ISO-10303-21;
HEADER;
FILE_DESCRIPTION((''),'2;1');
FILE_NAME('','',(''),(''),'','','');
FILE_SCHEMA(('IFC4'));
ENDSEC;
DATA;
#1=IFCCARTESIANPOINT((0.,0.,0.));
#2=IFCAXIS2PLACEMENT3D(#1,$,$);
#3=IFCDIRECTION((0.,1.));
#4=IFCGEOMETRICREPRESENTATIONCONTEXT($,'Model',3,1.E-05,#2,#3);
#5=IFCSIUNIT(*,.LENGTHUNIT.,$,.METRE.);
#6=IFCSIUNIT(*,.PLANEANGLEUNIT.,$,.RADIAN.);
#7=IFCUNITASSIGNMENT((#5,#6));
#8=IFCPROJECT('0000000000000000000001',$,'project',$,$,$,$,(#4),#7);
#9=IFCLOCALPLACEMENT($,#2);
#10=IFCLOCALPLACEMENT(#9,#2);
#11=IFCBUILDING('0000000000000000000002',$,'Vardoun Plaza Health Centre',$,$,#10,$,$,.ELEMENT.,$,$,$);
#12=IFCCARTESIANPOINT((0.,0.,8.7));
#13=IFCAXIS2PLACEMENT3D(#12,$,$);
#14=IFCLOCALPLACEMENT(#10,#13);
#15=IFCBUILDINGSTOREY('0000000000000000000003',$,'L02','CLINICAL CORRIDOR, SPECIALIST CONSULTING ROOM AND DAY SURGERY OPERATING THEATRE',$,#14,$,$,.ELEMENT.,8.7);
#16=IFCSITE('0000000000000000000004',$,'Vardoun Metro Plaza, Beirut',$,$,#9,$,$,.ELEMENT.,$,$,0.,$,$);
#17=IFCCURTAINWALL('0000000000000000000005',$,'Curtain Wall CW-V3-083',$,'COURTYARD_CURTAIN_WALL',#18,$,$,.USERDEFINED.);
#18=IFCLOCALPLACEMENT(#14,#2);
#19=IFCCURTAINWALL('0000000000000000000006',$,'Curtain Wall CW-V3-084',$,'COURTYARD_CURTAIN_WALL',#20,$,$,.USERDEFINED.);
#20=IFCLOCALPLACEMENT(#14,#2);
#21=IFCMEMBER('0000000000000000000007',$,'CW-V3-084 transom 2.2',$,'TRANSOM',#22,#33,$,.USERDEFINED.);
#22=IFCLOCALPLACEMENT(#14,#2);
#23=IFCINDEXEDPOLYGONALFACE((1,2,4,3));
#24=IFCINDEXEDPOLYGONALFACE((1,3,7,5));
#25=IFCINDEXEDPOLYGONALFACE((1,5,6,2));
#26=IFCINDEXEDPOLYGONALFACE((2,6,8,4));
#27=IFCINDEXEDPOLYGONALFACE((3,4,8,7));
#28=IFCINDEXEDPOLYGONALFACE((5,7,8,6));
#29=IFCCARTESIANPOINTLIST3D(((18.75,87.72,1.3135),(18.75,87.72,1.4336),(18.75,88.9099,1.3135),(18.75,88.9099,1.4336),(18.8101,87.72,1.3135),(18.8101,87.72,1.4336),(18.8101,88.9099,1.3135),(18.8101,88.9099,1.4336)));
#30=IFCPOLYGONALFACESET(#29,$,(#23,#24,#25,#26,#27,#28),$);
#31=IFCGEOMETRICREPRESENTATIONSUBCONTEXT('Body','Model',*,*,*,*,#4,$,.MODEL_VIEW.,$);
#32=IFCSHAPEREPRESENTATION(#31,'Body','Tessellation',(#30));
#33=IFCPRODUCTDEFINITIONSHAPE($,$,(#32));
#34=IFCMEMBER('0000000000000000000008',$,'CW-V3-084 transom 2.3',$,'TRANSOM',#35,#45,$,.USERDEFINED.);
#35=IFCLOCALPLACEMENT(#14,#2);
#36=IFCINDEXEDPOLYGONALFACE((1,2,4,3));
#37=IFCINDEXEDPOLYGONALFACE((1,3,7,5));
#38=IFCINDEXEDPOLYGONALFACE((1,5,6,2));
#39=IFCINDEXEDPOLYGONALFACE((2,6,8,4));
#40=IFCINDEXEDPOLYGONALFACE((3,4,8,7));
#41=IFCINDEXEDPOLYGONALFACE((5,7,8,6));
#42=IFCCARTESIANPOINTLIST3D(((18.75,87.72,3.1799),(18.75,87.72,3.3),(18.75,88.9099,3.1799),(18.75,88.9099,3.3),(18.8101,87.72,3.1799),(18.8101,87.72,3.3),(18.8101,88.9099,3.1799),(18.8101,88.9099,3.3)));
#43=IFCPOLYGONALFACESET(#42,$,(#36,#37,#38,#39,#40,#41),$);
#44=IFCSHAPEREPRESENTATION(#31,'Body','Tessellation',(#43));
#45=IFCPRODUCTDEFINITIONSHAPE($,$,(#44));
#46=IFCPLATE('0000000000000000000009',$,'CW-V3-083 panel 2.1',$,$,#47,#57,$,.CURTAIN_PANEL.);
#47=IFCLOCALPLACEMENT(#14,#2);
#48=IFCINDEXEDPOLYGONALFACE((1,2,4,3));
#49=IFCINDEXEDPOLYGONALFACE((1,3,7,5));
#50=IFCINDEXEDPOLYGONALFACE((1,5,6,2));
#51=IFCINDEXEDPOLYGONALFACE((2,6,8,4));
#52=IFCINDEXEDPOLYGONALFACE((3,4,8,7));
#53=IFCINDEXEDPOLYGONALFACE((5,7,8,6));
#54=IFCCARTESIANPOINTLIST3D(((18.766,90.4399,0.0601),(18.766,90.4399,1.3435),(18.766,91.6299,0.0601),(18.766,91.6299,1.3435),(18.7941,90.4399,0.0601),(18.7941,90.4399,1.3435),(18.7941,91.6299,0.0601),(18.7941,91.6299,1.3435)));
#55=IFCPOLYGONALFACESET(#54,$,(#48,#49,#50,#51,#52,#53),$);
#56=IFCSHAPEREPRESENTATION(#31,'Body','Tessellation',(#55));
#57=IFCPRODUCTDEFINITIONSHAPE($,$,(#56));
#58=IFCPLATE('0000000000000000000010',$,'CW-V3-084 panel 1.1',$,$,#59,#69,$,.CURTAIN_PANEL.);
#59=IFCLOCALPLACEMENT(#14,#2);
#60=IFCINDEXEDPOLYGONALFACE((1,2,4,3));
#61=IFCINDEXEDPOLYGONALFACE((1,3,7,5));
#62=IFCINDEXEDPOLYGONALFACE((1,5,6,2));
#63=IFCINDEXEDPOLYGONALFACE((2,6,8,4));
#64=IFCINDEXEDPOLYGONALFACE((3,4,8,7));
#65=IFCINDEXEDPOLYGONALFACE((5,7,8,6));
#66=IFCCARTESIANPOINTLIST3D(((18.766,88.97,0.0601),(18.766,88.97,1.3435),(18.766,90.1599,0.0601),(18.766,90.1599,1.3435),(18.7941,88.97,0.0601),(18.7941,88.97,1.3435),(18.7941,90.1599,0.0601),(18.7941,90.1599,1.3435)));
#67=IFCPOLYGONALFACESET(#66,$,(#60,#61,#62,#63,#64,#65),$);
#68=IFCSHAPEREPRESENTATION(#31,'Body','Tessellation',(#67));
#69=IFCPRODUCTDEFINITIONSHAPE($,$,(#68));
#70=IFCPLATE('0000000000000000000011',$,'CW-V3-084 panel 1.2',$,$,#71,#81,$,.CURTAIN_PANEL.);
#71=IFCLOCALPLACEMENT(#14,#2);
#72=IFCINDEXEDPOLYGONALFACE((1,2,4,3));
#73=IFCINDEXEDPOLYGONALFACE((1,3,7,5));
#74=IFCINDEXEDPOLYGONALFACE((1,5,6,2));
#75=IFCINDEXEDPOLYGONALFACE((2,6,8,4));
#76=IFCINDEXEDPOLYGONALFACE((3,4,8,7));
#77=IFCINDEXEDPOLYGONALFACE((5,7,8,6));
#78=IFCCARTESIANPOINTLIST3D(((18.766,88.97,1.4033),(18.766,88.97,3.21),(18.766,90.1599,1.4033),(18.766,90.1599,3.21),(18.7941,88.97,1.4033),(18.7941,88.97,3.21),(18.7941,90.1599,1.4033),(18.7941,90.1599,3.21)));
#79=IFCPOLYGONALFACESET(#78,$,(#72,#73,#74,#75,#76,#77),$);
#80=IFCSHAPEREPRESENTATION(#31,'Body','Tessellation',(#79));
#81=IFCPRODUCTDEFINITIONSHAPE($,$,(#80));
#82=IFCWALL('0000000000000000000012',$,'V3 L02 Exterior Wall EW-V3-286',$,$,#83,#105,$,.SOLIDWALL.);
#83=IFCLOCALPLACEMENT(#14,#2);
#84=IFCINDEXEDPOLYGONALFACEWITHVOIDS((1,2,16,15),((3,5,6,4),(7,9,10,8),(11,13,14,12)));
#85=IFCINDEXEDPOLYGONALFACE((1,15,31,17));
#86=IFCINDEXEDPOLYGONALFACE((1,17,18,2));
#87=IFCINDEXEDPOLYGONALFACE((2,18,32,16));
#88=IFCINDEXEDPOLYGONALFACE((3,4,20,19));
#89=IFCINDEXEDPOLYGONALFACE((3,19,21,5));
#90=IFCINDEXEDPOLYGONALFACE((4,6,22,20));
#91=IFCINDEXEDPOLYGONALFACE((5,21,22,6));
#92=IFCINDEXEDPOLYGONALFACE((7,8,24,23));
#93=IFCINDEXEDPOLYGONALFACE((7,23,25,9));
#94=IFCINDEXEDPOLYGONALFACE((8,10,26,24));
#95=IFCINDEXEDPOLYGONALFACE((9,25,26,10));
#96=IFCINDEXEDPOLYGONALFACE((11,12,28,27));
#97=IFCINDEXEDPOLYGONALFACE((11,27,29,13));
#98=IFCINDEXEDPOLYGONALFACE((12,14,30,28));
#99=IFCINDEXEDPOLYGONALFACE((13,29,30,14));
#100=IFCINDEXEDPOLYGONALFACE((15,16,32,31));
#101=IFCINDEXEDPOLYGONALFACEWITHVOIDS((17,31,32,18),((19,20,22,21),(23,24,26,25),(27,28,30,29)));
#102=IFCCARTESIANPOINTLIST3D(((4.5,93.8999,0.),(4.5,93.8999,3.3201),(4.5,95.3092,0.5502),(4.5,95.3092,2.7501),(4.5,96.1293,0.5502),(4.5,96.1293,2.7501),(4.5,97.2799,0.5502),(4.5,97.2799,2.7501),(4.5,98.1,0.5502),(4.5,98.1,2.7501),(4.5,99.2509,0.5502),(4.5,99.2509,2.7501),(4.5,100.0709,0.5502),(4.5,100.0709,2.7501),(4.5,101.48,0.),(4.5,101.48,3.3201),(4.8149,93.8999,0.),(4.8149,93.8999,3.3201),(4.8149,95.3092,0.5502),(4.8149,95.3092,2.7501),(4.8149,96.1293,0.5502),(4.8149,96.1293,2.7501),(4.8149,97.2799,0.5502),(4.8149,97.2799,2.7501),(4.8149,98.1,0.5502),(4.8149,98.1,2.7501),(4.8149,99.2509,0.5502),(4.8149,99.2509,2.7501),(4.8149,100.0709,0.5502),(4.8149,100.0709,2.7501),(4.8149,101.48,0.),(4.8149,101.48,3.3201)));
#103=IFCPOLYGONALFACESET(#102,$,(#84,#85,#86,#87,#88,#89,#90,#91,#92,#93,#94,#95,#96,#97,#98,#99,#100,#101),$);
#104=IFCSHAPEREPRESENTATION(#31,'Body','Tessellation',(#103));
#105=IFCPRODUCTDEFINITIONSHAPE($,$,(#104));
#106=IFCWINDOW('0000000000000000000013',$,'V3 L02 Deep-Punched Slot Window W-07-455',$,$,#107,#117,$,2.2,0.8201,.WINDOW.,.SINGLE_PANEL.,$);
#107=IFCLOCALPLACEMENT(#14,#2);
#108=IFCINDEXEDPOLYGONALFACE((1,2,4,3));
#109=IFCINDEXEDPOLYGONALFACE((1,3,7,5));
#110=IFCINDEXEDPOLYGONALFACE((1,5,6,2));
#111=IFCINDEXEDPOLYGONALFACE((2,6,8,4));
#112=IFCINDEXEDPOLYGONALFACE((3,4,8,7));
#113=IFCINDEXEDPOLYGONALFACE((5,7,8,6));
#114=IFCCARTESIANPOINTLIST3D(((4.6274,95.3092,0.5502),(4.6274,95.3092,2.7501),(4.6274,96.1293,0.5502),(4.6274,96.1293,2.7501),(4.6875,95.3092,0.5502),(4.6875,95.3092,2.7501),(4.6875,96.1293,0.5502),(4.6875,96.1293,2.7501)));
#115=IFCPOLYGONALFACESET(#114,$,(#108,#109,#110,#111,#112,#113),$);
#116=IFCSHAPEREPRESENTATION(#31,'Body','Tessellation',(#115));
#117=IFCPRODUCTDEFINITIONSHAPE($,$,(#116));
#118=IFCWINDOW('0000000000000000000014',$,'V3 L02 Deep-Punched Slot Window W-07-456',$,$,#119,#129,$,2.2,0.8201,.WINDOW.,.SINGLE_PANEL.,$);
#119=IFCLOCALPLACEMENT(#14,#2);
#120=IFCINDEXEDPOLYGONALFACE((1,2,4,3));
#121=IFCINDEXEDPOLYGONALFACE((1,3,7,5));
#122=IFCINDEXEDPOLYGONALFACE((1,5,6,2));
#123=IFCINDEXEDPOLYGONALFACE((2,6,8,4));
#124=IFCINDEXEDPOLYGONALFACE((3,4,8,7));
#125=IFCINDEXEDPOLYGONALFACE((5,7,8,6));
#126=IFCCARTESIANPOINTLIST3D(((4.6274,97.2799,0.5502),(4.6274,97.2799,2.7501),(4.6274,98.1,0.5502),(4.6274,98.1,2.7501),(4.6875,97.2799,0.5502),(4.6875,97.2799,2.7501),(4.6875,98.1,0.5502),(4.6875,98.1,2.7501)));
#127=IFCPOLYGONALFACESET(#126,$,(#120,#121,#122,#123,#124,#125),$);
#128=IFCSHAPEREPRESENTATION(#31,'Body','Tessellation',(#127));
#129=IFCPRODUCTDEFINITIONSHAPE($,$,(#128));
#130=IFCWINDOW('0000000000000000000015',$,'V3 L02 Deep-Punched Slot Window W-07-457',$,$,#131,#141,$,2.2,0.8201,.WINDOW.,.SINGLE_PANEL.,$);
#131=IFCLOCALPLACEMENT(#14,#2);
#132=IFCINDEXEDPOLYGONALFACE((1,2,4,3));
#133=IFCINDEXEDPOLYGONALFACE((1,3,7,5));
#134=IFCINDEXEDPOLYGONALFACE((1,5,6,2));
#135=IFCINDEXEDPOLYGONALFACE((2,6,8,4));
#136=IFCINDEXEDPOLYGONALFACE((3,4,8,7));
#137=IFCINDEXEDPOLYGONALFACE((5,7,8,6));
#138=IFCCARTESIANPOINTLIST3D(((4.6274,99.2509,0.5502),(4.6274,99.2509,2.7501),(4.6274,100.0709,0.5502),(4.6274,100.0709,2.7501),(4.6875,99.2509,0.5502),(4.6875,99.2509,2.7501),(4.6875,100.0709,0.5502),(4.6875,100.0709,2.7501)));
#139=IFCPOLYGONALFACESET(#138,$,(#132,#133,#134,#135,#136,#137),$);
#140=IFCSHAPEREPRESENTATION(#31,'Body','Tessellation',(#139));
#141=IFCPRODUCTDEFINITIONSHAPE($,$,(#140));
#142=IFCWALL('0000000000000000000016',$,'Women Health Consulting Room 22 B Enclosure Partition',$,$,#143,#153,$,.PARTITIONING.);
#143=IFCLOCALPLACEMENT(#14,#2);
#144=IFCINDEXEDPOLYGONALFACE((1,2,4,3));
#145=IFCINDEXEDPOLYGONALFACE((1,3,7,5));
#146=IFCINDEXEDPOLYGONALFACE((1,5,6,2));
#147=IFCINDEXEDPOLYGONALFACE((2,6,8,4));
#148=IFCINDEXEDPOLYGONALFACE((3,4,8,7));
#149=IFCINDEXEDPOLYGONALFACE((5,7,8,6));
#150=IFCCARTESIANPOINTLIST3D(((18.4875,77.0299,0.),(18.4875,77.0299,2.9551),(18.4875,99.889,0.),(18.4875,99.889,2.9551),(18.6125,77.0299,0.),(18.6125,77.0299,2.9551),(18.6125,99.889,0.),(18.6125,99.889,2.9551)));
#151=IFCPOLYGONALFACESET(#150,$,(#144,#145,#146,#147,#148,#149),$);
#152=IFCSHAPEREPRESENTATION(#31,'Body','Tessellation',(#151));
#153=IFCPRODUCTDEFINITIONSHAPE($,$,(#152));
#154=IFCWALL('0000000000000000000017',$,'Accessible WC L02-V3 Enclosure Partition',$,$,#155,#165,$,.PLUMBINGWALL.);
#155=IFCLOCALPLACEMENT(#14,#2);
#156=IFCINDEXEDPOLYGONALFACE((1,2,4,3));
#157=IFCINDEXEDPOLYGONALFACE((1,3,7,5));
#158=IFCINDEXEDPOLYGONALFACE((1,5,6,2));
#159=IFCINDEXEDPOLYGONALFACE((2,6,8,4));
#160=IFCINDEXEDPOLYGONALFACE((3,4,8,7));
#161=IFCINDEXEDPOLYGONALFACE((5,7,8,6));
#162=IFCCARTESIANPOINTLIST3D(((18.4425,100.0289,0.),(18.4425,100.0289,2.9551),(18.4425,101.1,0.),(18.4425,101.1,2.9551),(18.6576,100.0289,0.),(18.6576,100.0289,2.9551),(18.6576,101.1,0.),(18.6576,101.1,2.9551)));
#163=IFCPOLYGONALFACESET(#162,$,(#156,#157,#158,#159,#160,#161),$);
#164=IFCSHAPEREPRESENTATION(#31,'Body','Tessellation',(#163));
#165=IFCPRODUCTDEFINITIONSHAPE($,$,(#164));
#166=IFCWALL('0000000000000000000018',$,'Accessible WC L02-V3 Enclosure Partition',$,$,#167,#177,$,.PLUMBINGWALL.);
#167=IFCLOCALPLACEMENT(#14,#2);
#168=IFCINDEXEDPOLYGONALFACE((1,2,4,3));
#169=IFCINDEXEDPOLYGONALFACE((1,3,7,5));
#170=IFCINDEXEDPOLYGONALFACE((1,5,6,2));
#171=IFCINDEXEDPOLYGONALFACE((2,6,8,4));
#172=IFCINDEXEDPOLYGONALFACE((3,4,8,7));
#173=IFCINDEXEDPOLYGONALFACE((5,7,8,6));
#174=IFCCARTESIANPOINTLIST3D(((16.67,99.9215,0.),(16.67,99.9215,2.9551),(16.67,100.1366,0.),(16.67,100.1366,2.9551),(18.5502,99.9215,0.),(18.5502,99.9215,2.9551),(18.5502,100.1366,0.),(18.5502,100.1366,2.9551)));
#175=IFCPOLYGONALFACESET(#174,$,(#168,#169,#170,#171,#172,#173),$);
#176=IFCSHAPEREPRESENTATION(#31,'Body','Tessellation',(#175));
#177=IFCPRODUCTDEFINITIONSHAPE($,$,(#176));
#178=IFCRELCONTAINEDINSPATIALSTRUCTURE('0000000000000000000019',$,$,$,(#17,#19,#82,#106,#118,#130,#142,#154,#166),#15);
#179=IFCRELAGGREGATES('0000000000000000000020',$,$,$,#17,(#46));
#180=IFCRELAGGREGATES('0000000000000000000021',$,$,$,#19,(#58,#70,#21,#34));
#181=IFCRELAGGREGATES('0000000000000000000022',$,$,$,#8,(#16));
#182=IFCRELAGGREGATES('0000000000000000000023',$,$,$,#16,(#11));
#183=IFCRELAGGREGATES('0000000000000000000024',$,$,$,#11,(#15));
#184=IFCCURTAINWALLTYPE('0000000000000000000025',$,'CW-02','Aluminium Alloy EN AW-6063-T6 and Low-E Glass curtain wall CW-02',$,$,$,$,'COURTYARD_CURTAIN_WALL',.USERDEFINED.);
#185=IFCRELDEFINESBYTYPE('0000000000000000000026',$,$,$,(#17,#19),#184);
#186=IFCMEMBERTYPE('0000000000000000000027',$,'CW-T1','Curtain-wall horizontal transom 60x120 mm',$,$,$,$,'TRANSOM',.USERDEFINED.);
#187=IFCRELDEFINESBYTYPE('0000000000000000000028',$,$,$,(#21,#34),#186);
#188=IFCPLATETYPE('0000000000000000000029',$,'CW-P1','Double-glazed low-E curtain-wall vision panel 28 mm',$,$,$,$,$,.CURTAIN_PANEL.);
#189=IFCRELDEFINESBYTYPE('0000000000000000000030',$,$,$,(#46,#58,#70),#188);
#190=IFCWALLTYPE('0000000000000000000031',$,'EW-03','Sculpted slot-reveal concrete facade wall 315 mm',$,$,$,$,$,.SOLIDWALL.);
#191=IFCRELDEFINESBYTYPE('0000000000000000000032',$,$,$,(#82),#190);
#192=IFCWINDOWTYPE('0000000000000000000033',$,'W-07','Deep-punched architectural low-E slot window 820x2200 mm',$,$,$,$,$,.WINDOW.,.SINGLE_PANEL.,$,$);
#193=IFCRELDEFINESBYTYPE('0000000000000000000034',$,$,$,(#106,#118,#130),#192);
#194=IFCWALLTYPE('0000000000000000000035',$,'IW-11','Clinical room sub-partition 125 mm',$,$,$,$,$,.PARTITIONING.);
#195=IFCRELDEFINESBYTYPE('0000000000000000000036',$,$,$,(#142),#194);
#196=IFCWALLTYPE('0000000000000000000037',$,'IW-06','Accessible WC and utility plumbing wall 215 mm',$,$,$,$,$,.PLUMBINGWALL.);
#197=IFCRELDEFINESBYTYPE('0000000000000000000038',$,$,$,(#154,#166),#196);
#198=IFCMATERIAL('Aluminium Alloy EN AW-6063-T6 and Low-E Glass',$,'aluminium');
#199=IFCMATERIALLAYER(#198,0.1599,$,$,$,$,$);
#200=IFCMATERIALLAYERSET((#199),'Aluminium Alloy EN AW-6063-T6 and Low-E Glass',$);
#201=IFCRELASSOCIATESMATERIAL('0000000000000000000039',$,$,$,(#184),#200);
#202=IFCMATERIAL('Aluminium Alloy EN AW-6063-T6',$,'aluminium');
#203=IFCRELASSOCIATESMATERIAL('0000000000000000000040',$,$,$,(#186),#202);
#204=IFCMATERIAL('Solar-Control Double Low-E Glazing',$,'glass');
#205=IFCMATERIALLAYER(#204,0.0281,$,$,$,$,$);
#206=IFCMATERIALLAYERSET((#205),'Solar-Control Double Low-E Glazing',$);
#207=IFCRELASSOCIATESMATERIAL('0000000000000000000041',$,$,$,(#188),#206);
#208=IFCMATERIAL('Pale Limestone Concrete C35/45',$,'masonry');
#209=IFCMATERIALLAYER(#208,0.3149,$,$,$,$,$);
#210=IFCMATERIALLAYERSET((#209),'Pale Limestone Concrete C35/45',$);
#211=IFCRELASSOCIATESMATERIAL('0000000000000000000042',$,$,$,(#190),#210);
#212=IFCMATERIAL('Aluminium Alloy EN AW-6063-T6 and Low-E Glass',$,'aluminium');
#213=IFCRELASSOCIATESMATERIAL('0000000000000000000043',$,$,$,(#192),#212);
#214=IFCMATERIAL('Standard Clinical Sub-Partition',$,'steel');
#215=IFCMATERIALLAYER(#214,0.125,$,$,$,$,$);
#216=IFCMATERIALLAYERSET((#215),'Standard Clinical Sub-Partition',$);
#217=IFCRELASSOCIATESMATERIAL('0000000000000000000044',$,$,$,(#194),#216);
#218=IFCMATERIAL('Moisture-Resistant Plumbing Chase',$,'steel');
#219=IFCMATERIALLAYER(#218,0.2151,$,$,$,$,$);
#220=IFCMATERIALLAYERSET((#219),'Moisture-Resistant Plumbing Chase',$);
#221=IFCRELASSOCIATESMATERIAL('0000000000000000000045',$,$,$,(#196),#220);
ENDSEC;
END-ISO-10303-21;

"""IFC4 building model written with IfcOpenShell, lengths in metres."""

from ifc_helpers import new_model, si_unit, direction, frame, frame_2d, origin, origin_2d, place, context, subcontext, project, spatial, rectangle, extrude, material, layer, layer_set, material_profile, profile_set, type_object, element, fill, aggregate, save


model = new_model("IFC4")

# Units and contexts
model_context = context("Model", 3, precision=1e-05, world=origin(), true_north=direction((0.0, 1.0)))
body_context = subcontext(model_context, "Body", "Model", "MODEL_VIEW")
ifc_project = project(units=[si_unit("LENGTHUNIT", "METRE"), si_unit("PLANEANGLEUNIT", "RADIAN")], contexts=[model_context])

# Site, building, storey
site_placement = place(None, origin())
site = spatial("IfcSite", under=ifc_project, at=site_placement, Name="Vardoun Metro Plaza, Beirut", CompositionType="ELEMENT", RefElevation=0.0)
building_placement = place(site_placement, origin())
building = spatial("IfcBuilding", under=site, at=building_placement, Name="Vardoun Plaza Health Centre", CompositionType="ELEMENT")
storey_placement = place(building_placement, frame((0.0, 0.0, 8.7)))
storey = spatial("IfcBuildingStorey", under=building, at=storey_placement, Name="L02", Description="CLINICAL CORRIDOR, SPECIALIST CONSULTING ROOM AND DAY SURGERY OPERATING THEATRE", CompositionType="ELEMENT", Elevation=8.7)

# Curtain wall
ifc_material_1 = material(Name="Aluminium Alloy EN AW-6063-T6 and Low-E Glass", Category="aluminium")
ifc_layer_1 = layer(ifc_material_1, 0.1599)
ifc_layer_set_1 = layer_set([ifc_layer_1], Name="Aluminium Alloy EN AW-6063-T6 and Low-E Glass")
curtain_wall_type = type_object("IfcCurtainWallType", Name="CW-02", Description="Aluminium Alloy EN AW-6063-T6 and Low-E Glass curtain wall CW-02", ElementType="COURTYARD_CURTAIN_WALL", PredefinedType="USERDEFINED", material=ifc_layer_set_1)
curtain_wall_1_placement = place(storey_placement, origin())
curtain_wall_1 = element("IfcCurtainWall", 1, at=curtain_wall_1_placement, inside=storey, type_object=curtain_wall_type, Name="Curtain Wall CW-V3-083", ObjectType="COURTYARD_CURTAIN_WALL", PredefinedType="USERDEFINED")

# Curtain wall, members
curtain_wall_2_placement = place(storey_placement, origin())
curtain_wall_2 = element("IfcCurtainWall", 2, at=curtain_wall_2_placement, inside=storey, type_object=curtain_wall_type, Name="Curtain Wall CW-V3-084", ObjectType="COURTYARD_CURTAIN_WALL", PredefinedType="USERDEFINED")
ifc_material_2 = material(Name="Aluminium Alloy EN AW-6063-T6", Category="aluminium")
ifc_material_profile_1 = material_profile(ifc_material_2, rectangle(XDim=0.0601, YDim=0.1201, at=origin_2d()), Name="CWT 60x120")
ifc_profile_set_1 = profile_set([ifc_material_profile_1], Name="Aluminium Alloy EN AW-6063-T6")
member_type_1 = type_object("IfcMemberType", Name="CW-T1", Description="Curtain-wall horizontal transom 60x120 mm", ElementType="TRANSOM", PredefinedType="USERDEFINED", material=ifc_profile_set_1)
member_1_placement = place(storey_placement, frame((18.78, 88.9099, 1.3735), z_axis=(0.0, -1.0, 0.0), x_axis=(1.0, 0.0, 0.0)))
member_1 = element("IfcMember", 3, at=member_1_placement, type_object=member_type_1, Name="CW-V3-084 transom 2.2", ObjectType="TRANSOM", PredefinedType="USERDEFINED", context=body_context, shape_type="SweptSolid", body=[
    extrude(rectangle(XDim=0.0601, YDim=0.1201, at=origin_2d()), origin(), (0.0, 0.0, 1.0), 1.1899),
])
member_2_placement = place(storey_placement, frame((18.78, 88.9099, 3.24), z_axis=(0.0, -1.0, 0.0), x_axis=(1.0, 0.0, 0.0)))
member_2 = element("IfcMember", 4, at=member_2_placement, type_object=member_type_1, Name="CW-V3-084 transom 2.3", ObjectType="TRANSOM", PredefinedType="USERDEFINED", context=body_context, shape_type="SweptSolid", body=[
    extrude(rectangle(XDim=0.0601, YDim=0.1201, at=origin_2d()), origin(), (0.0, 0.0, 1.0), 1.1899),
])

# Plates
ifc_material_3 = material(Name="Solar-Control Double Low-E Glazing", Category="glass")
ifc_layer_2 = layer(ifc_material_3, 0.0281)
ifc_layer_set_2 = layer_set([ifc_layer_2], Name="Solar-Control Double Low-E Glazing")
plate_type = type_object("IfcPlateType", Name="CW-P1", Description="Double-glazed low-E curtain-wall vision panel 28 mm", PredefinedType="CURTAIN_PANEL", material=ifc_layer_set_2)
plate_1_placement = place(storey_placement, frame((18.78, 91.0349, 0.0601), z_axis=(0.0, 0.0, 1.0), x_axis=(0.0, -1.0, 0.0)))
plate_1 = element("IfcPlate", 5, at=plate_1_placement, type_object=plate_type, Name="CW-V3-083 panel 2.1", PredefinedType="CURTAIN_PANEL", context=body_context, shape_type="SweptSolid", body=[
    extrude(rectangle(XDim=1.1899, YDim=0.0281, at=origin_2d()), origin(), (0.0, 0.0, 1.0), 1.2834),
])
aggregate(curtain_wall_1, [plate_1])
plate_2_placement = place(storey_placement, frame((18.78, 89.5649, 0.0601), z_axis=(0.0, 0.0, 1.0), x_axis=(0.0, -1.0, 0.0)))
plate_2 = element("IfcPlate", 6, at=plate_2_placement, type_object=plate_type, Name="CW-V3-084 panel 1.1", PredefinedType="CURTAIN_PANEL", context=body_context, shape_type="SweptSolid", body=[
    extrude(rectangle(XDim=1.1899, YDim=0.0281, at=origin_2d()), origin(), (0.0, 0.0, 1.0), 1.2834),
])
plate_3_placement = place(storey_placement, frame((18.78, 89.5649, 1.4033), z_axis=(0.0, 0.0, 1.0), x_axis=(0.0, -1.0, 0.0)))
plate_3 = element("IfcPlate", 7, at=plate_3_placement, type_object=plate_type, Name="CW-V3-084 panel 1.2", PredefinedType="CURTAIN_PANEL", context=body_context, shape_type="SweptSolid", body=[
    extrude(rectangle(XDim=1.1899, YDim=0.0281, at=origin_2d()), origin(), (0.0, 0.0, 1.0), 1.8066),
])
aggregate(curtain_wall_2, [plate_2, plate_3, member_1, member_2])

# Wall, openings, windows
ifc_material_4 = material(Name="Pale Limestone Concrete C35/45", Category="masonry")
ifc_layer_3 = layer(ifc_material_4, 0.3149)
ifc_layer_set_3 = layer_set([ifc_layer_3], Name="Pale Limestone Concrete C35/45")
wall_type_1 = type_object("IfcWallType", Name="EW-03", Description="Sculpted slot-reveal concrete facade wall 315 mm", PredefinedType="SOLIDWALL", material=ifc_layer_set_3)
wall_1_placement = place(storey_placement, frame((4.6575, 93.8999, 0.0), z_axis=(0.0, 0.0, 1.0), x_axis=(0.0, 1.0, 0.0)))
wall_1 = element("IfcWall", 8, at=wall_1_placement, inside=storey, type_object=wall_type_1, Name="V3 L02 Exterior Wall EW-V3-286", PredefinedType="SOLIDWALL", context=body_context, shape_type="SweptSolid", body=[
    extrude(rectangle(XDim=7.5801, YDim=0.3149, at=frame_2d((3.79, 0.0))), origin(), (0.0, 0.0, 1.0), 3.3201),
])
opening_1_placement = place(wall_1_placement, frame((1.4092, 0.0, 0.55)))
opening_1 = element("IfcOpeningElement", 9, at=opening_1_placement, cuts=wall_1, PredefinedType="OPENING", context=body_context, shape_type="SweptSolid", body=[
    extrude(rectangle(XDim=0.8201, YDim=2.2, at=frame_2d((0.4102, 1.1001))), frame((0.0, 0.1575, 0.0), z_axis=(0.0, -1.0, 0.0), x_axis=(1.0, 0.0, 0.0)), (0.0, 0.0, 1.0), 0.3149),
])
opening_2_placement = place(wall_1_placement, frame((3.3799, 0.0, 0.55)))
opening_2 = element("IfcOpeningElement", 10, at=opening_2_placement, cuts=wall_1, PredefinedType="OPENING", context=body_context, shape_type="SweptSolid", body=[
    extrude(rectangle(XDim=0.8201, YDim=2.2, at=frame_2d((0.4102, 1.1001))), frame((0.0, 0.1575, 0.0), z_axis=(0.0, -1.0, 0.0), x_axis=(1.0, 0.0, 0.0)), (0.0, 0.0, 1.0), 0.3149),
])
opening_3_placement = place(wall_1_placement, frame((5.3508, 0.0, 0.55)))
opening_3 = element("IfcOpeningElement", 11, at=opening_3_placement, cuts=wall_1, PredefinedType="OPENING", context=body_context, shape_type="SweptSolid", body=[
    extrude(rectangle(XDim=0.8201, YDim=2.2, at=frame_2d((0.4102, 1.1001))), frame((0.0, 0.1575, 0.0), z_axis=(0.0, -1.0, 0.0), x_axis=(1.0, 0.0, 0.0)), (0.0, 0.0, 1.0), 0.3149),
])
ifc_material_5 = material(Name="Aluminium Alloy EN AW-6063-T6 and Low-E Glass", Category="aluminium")
window_type = type_object("IfcWindowType", Name="W-07", Description="Deep-punched architectural low-E slot window 820x2200 mm", PartitioningType="SINGLE_PANEL", PredefinedType="WINDOW", material=ifc_material_5)
window_1_placement = place(opening_1_placement, origin())
window_1 = element("IfcWindow", 12, at=window_1_placement, inside=storey, type_object=window_type, Name="V3 L02 Deep-Punched Slot Window W-07-455", OverallHeight=2.2, OverallWidth=0.8201, PartitioningType="SINGLE_PANEL", PredefinedType="WINDOW", context=body_context, shape_type="SweptSolid", body=[
    extrude(rectangle(XDim=0.8201, YDim=2.2, at=frame_2d((0.4102, 1.1001))), frame((0.0, 0.03, 0.0), z_axis=(0.0, -1.0, 0.0), x_axis=(1.0, 0.0, 0.0)), (0.0, 0.0, 1.0), 0.0601),
])
fill(opening_1, window_1)
window_2_placement = place(opening_2_placement, origin())
window_2 = element("IfcWindow", 13, at=window_2_placement, inside=storey, type_object=window_type, Name="V3 L02 Deep-Punched Slot Window W-07-456", OverallHeight=2.2, OverallWidth=0.8201, PartitioningType="SINGLE_PANEL", PredefinedType="WINDOW", context=body_context, shape_type="SweptSolid", body=[
    extrude(rectangle(XDim=0.8201, YDim=2.2, at=frame_2d((0.4102, 1.1001))), frame((0.0, 0.03, 0.0), z_axis=(0.0, -1.0, 0.0), x_axis=(1.0, 0.0, 0.0)), (0.0, 0.0, 1.0), 0.0601),
])
fill(opening_2, window_2)
window_3_placement = place(opening_3_placement, origin())
window_3 = element("IfcWindow", 14, at=window_3_placement, inside=storey, type_object=window_type, Name="V3 L02 Deep-Punched Slot Window W-07-457", OverallHeight=2.2, OverallWidth=0.8201, PartitioningType="SINGLE_PANEL", PredefinedType="WINDOW", context=body_context, shape_type="SweptSolid", body=[
    extrude(rectangle(XDim=0.8201, YDim=2.2, at=frame_2d((0.4102, 1.1001))), frame((0.0, 0.03, 0.0), z_axis=(0.0, -1.0, 0.0), x_axis=(1.0, 0.0, 0.0)), (0.0, 0.0, 1.0), 0.0601),
])
fill(opening_3, window_3)

# Walls
ifc_material_6 = material(Name="Standard Clinical Sub-Partition", Category="steel")
ifc_layer_4 = layer(ifc_material_6, 0.125)
ifc_layer_set_4 = layer_set([ifc_layer_4], Name="Standard Clinical Sub-Partition")
wall_type_2 = type_object("IfcWallType", Name="IW-11", Description="Clinical room sub-partition 125 mm", PredefinedType="PARTITIONING", material=ifc_layer_set_4)
wall_2_placement = place(storey_placement, frame((18.55, 99.8892, 0.0), z_axis=(0.0, 0.0, 1.0), x_axis=(0.0, -1.0, 0.0)))
element("IfcWall", 15, at=wall_2_placement, inside=storey, type_object=wall_type_2, Name="Women Health Consulting Room 22 B Enclosure Partition", PredefinedType="PARTITIONING", context=body_context, shape_type="SweptSolid", body=[
    extrude(rectangle(XDim=22.8591, YDim=0.125, at=frame_2d((11.4297, 0.0))), origin(), (0.0, 0.0, 1.0), 2.9551),
])
ifc_material_7 = material(Name="Moisture-Resistant Plumbing Chase", Category="steel")
ifc_layer_5 = layer(ifc_material_7, 0.2151)
ifc_layer_set_5 = layer_set([ifc_layer_5], Name="Moisture-Resistant Plumbing Chase")
wall_type_3 = type_object("IfcWallType", Name="IW-06", Description="Accessible WC and utility plumbing wall 215 mm", PredefinedType="PLUMBINGWALL", material=ifc_layer_set_5)
wall_3_placement = place(storey_placement, frame((18.55, 101.1001, 0.0), z_axis=(0.0, 0.0, 1.0), x_axis=(0.0, -1.0, 0.0)))
element("IfcWall", 16, at=wall_3_placement, inside=storey, type_object=wall_type_3, Name="Accessible WC L02-V3 Enclosure Partition", PredefinedType="PLUMBINGWALL", context=body_context, shape_type="SweptSolid", body=[
    extrude(rectangle(XDim=1.071, YDim=0.2151, at=frame_2d((0.5356, 0.0))), origin(), (0.0, 0.0, 1.0), 2.9551),
])
wall_4_placement = place(storey_placement, frame((18.55, 100.0291, 0.0), z_axis=(0.0, 0.0, 1.0), x_axis=(-1.0, 0.0, 0.0)))
element("IfcWall", 17, at=wall_4_placement, inside=storey, type_object=wall_type_3, Name="Accessible WC L02-V3 Enclosure Partition", PredefinedType="PLUMBINGWALL", context=body_context, shape_type="SweptSolid", body=[
    extrude(rectangle(XDim=1.8801, YDim=0.2151, at=frame_2d((0.9399, 0.0))), origin(), (0.0, 0.0, 1.0), 2.9551),
])

save(model, "model.ifc")
